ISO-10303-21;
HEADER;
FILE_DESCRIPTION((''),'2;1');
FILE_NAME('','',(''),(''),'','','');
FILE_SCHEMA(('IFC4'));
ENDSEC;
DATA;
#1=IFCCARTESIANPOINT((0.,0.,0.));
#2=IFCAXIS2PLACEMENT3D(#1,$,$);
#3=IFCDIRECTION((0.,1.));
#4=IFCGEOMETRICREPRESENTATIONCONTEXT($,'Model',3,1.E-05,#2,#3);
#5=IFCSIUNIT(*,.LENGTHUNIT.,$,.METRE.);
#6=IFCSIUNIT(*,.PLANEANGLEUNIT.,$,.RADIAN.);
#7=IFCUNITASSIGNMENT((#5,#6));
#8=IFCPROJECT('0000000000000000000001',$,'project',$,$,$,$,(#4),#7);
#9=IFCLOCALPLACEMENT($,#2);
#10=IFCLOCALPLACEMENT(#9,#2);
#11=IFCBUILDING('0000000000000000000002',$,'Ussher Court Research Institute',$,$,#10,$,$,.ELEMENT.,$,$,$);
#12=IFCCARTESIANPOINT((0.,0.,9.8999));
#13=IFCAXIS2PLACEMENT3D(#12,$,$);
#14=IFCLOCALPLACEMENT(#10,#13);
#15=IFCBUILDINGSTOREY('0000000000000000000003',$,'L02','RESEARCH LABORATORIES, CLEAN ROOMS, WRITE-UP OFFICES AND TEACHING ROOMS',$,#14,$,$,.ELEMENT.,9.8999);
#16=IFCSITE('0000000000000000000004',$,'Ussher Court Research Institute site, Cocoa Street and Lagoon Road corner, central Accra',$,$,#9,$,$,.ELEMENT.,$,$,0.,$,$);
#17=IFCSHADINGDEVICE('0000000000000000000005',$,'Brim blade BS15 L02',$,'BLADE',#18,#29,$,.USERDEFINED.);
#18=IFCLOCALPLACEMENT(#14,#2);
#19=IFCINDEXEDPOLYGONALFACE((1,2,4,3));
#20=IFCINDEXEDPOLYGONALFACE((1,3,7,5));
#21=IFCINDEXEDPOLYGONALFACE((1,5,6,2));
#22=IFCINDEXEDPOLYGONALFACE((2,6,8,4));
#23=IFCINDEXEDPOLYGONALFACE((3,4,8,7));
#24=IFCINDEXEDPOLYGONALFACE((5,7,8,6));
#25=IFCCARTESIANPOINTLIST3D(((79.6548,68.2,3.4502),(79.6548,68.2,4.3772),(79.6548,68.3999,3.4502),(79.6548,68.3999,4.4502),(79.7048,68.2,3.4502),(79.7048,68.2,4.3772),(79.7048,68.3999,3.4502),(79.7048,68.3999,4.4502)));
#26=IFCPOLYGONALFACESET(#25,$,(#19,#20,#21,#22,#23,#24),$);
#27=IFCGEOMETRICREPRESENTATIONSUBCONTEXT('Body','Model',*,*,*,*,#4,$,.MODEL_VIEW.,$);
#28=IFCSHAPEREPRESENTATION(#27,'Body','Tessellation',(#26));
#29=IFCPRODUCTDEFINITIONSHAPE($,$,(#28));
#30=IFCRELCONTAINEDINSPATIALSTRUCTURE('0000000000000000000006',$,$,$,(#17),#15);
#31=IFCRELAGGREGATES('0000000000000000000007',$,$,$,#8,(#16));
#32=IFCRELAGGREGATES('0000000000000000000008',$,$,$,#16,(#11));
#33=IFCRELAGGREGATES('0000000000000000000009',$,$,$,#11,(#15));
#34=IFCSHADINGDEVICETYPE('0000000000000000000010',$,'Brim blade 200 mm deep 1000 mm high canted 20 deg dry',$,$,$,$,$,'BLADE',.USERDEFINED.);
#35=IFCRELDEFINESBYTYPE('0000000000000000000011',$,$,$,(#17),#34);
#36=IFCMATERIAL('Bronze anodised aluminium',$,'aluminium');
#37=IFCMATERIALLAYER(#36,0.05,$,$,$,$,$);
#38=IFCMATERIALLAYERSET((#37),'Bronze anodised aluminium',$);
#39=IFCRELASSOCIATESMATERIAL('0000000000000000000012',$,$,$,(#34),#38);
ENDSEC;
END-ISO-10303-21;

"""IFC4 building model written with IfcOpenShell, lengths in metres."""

from ifc_helpers import new_model, si_unit, direction, frame, origin, place, context, subcontext, project, spatial, polyline, outline, extrude, material, layer, layer_set, type_object, element, save


model = new_model("IFC4")

# Units and contexts
model_context = context("Model", 3, precision=1e-05, world=origin(), true_north=direction((0.0, 1.0)))
body_context = subcontext(model_context, "Body", "Model", "MODEL_VIEW")
ifc_project = project(units=[si_unit("LENGTHUNIT", "METRE"), si_unit("PLANEANGLEUNIT", "RADIAN")], contexts=[model_context])

# Site, building, storey
site_placement = place(None, origin())
site = spatial("IfcSite", under=ifc_project, at=site_placement, Name="Ussher Court Research Institute site, Cocoa Street and Lagoon Road corner, central Accra", CompositionType="ELEMENT", RefElevation=0.0)
building_placement = place(site_placement, origin())
building = spatial("IfcBuilding", under=site, at=building_placement, Name="Ussher Court Research Institute", CompositionType="ELEMENT")
storey_placement = place(building_placement, frame((0.0, 0.0, 9.8999)))
storey = spatial("IfcBuildingStorey", under=building, at=storey_placement, Name="L02", Description="RESEARCH LABORATORIES, CLEAN ROOMS, WRITE-UP OFFICES AND TEACHING ROOMS", CompositionType="ELEMENT", Elevation=9.8999)

# Shading device
ifc_material_1 = material(Name="Bronze anodised aluminium", Category="aluminium")
ifc_layer_1 = layer(ifc_material_1, 0.05)
ifc_layer_set_1 = layer_set([ifc_layer_1], Name="Bronze anodised aluminium")
shading_device_type_1 = type_object("IfcShadingDeviceType", Name="Brim blade 200 mm deep 1000 mm high canted 20 deg dry", ElementType="BLADE", PredefinedType="USERDEFINED", material=ifc_layer_set_1)
shading_device_placement = place(storey_placement, frame((79.6799, 68.3999, 3.4502), z_axis=(0.0, 0.0, 1.0), x_axis=(0.0, -1.0, 0.0)))
element("IfcShadingDevice", 1, at=shading_device_placement, inside=storey, type_object=shading_device_type_1, Name="Brim blade BS15 L02", ObjectType="BLADE", PredefinedType="USERDEFINED", context=body_context, shape_type="SweptSolid", body=[
    extrude(outline(polyline([(0.0, 0.0), (0.2, 0.0), (0.2, 0.927), (0.0, 1.0), (0.0, 0.0)])), frame((0.0, 0.0249, 0.0), z_axis=(0.0, -1.0, 0.0), x_axis=(1.0, 0.0, 0.0)), (0.0, 0.0, 1.0), 0.05),
])

save(model, "model.ifc")
